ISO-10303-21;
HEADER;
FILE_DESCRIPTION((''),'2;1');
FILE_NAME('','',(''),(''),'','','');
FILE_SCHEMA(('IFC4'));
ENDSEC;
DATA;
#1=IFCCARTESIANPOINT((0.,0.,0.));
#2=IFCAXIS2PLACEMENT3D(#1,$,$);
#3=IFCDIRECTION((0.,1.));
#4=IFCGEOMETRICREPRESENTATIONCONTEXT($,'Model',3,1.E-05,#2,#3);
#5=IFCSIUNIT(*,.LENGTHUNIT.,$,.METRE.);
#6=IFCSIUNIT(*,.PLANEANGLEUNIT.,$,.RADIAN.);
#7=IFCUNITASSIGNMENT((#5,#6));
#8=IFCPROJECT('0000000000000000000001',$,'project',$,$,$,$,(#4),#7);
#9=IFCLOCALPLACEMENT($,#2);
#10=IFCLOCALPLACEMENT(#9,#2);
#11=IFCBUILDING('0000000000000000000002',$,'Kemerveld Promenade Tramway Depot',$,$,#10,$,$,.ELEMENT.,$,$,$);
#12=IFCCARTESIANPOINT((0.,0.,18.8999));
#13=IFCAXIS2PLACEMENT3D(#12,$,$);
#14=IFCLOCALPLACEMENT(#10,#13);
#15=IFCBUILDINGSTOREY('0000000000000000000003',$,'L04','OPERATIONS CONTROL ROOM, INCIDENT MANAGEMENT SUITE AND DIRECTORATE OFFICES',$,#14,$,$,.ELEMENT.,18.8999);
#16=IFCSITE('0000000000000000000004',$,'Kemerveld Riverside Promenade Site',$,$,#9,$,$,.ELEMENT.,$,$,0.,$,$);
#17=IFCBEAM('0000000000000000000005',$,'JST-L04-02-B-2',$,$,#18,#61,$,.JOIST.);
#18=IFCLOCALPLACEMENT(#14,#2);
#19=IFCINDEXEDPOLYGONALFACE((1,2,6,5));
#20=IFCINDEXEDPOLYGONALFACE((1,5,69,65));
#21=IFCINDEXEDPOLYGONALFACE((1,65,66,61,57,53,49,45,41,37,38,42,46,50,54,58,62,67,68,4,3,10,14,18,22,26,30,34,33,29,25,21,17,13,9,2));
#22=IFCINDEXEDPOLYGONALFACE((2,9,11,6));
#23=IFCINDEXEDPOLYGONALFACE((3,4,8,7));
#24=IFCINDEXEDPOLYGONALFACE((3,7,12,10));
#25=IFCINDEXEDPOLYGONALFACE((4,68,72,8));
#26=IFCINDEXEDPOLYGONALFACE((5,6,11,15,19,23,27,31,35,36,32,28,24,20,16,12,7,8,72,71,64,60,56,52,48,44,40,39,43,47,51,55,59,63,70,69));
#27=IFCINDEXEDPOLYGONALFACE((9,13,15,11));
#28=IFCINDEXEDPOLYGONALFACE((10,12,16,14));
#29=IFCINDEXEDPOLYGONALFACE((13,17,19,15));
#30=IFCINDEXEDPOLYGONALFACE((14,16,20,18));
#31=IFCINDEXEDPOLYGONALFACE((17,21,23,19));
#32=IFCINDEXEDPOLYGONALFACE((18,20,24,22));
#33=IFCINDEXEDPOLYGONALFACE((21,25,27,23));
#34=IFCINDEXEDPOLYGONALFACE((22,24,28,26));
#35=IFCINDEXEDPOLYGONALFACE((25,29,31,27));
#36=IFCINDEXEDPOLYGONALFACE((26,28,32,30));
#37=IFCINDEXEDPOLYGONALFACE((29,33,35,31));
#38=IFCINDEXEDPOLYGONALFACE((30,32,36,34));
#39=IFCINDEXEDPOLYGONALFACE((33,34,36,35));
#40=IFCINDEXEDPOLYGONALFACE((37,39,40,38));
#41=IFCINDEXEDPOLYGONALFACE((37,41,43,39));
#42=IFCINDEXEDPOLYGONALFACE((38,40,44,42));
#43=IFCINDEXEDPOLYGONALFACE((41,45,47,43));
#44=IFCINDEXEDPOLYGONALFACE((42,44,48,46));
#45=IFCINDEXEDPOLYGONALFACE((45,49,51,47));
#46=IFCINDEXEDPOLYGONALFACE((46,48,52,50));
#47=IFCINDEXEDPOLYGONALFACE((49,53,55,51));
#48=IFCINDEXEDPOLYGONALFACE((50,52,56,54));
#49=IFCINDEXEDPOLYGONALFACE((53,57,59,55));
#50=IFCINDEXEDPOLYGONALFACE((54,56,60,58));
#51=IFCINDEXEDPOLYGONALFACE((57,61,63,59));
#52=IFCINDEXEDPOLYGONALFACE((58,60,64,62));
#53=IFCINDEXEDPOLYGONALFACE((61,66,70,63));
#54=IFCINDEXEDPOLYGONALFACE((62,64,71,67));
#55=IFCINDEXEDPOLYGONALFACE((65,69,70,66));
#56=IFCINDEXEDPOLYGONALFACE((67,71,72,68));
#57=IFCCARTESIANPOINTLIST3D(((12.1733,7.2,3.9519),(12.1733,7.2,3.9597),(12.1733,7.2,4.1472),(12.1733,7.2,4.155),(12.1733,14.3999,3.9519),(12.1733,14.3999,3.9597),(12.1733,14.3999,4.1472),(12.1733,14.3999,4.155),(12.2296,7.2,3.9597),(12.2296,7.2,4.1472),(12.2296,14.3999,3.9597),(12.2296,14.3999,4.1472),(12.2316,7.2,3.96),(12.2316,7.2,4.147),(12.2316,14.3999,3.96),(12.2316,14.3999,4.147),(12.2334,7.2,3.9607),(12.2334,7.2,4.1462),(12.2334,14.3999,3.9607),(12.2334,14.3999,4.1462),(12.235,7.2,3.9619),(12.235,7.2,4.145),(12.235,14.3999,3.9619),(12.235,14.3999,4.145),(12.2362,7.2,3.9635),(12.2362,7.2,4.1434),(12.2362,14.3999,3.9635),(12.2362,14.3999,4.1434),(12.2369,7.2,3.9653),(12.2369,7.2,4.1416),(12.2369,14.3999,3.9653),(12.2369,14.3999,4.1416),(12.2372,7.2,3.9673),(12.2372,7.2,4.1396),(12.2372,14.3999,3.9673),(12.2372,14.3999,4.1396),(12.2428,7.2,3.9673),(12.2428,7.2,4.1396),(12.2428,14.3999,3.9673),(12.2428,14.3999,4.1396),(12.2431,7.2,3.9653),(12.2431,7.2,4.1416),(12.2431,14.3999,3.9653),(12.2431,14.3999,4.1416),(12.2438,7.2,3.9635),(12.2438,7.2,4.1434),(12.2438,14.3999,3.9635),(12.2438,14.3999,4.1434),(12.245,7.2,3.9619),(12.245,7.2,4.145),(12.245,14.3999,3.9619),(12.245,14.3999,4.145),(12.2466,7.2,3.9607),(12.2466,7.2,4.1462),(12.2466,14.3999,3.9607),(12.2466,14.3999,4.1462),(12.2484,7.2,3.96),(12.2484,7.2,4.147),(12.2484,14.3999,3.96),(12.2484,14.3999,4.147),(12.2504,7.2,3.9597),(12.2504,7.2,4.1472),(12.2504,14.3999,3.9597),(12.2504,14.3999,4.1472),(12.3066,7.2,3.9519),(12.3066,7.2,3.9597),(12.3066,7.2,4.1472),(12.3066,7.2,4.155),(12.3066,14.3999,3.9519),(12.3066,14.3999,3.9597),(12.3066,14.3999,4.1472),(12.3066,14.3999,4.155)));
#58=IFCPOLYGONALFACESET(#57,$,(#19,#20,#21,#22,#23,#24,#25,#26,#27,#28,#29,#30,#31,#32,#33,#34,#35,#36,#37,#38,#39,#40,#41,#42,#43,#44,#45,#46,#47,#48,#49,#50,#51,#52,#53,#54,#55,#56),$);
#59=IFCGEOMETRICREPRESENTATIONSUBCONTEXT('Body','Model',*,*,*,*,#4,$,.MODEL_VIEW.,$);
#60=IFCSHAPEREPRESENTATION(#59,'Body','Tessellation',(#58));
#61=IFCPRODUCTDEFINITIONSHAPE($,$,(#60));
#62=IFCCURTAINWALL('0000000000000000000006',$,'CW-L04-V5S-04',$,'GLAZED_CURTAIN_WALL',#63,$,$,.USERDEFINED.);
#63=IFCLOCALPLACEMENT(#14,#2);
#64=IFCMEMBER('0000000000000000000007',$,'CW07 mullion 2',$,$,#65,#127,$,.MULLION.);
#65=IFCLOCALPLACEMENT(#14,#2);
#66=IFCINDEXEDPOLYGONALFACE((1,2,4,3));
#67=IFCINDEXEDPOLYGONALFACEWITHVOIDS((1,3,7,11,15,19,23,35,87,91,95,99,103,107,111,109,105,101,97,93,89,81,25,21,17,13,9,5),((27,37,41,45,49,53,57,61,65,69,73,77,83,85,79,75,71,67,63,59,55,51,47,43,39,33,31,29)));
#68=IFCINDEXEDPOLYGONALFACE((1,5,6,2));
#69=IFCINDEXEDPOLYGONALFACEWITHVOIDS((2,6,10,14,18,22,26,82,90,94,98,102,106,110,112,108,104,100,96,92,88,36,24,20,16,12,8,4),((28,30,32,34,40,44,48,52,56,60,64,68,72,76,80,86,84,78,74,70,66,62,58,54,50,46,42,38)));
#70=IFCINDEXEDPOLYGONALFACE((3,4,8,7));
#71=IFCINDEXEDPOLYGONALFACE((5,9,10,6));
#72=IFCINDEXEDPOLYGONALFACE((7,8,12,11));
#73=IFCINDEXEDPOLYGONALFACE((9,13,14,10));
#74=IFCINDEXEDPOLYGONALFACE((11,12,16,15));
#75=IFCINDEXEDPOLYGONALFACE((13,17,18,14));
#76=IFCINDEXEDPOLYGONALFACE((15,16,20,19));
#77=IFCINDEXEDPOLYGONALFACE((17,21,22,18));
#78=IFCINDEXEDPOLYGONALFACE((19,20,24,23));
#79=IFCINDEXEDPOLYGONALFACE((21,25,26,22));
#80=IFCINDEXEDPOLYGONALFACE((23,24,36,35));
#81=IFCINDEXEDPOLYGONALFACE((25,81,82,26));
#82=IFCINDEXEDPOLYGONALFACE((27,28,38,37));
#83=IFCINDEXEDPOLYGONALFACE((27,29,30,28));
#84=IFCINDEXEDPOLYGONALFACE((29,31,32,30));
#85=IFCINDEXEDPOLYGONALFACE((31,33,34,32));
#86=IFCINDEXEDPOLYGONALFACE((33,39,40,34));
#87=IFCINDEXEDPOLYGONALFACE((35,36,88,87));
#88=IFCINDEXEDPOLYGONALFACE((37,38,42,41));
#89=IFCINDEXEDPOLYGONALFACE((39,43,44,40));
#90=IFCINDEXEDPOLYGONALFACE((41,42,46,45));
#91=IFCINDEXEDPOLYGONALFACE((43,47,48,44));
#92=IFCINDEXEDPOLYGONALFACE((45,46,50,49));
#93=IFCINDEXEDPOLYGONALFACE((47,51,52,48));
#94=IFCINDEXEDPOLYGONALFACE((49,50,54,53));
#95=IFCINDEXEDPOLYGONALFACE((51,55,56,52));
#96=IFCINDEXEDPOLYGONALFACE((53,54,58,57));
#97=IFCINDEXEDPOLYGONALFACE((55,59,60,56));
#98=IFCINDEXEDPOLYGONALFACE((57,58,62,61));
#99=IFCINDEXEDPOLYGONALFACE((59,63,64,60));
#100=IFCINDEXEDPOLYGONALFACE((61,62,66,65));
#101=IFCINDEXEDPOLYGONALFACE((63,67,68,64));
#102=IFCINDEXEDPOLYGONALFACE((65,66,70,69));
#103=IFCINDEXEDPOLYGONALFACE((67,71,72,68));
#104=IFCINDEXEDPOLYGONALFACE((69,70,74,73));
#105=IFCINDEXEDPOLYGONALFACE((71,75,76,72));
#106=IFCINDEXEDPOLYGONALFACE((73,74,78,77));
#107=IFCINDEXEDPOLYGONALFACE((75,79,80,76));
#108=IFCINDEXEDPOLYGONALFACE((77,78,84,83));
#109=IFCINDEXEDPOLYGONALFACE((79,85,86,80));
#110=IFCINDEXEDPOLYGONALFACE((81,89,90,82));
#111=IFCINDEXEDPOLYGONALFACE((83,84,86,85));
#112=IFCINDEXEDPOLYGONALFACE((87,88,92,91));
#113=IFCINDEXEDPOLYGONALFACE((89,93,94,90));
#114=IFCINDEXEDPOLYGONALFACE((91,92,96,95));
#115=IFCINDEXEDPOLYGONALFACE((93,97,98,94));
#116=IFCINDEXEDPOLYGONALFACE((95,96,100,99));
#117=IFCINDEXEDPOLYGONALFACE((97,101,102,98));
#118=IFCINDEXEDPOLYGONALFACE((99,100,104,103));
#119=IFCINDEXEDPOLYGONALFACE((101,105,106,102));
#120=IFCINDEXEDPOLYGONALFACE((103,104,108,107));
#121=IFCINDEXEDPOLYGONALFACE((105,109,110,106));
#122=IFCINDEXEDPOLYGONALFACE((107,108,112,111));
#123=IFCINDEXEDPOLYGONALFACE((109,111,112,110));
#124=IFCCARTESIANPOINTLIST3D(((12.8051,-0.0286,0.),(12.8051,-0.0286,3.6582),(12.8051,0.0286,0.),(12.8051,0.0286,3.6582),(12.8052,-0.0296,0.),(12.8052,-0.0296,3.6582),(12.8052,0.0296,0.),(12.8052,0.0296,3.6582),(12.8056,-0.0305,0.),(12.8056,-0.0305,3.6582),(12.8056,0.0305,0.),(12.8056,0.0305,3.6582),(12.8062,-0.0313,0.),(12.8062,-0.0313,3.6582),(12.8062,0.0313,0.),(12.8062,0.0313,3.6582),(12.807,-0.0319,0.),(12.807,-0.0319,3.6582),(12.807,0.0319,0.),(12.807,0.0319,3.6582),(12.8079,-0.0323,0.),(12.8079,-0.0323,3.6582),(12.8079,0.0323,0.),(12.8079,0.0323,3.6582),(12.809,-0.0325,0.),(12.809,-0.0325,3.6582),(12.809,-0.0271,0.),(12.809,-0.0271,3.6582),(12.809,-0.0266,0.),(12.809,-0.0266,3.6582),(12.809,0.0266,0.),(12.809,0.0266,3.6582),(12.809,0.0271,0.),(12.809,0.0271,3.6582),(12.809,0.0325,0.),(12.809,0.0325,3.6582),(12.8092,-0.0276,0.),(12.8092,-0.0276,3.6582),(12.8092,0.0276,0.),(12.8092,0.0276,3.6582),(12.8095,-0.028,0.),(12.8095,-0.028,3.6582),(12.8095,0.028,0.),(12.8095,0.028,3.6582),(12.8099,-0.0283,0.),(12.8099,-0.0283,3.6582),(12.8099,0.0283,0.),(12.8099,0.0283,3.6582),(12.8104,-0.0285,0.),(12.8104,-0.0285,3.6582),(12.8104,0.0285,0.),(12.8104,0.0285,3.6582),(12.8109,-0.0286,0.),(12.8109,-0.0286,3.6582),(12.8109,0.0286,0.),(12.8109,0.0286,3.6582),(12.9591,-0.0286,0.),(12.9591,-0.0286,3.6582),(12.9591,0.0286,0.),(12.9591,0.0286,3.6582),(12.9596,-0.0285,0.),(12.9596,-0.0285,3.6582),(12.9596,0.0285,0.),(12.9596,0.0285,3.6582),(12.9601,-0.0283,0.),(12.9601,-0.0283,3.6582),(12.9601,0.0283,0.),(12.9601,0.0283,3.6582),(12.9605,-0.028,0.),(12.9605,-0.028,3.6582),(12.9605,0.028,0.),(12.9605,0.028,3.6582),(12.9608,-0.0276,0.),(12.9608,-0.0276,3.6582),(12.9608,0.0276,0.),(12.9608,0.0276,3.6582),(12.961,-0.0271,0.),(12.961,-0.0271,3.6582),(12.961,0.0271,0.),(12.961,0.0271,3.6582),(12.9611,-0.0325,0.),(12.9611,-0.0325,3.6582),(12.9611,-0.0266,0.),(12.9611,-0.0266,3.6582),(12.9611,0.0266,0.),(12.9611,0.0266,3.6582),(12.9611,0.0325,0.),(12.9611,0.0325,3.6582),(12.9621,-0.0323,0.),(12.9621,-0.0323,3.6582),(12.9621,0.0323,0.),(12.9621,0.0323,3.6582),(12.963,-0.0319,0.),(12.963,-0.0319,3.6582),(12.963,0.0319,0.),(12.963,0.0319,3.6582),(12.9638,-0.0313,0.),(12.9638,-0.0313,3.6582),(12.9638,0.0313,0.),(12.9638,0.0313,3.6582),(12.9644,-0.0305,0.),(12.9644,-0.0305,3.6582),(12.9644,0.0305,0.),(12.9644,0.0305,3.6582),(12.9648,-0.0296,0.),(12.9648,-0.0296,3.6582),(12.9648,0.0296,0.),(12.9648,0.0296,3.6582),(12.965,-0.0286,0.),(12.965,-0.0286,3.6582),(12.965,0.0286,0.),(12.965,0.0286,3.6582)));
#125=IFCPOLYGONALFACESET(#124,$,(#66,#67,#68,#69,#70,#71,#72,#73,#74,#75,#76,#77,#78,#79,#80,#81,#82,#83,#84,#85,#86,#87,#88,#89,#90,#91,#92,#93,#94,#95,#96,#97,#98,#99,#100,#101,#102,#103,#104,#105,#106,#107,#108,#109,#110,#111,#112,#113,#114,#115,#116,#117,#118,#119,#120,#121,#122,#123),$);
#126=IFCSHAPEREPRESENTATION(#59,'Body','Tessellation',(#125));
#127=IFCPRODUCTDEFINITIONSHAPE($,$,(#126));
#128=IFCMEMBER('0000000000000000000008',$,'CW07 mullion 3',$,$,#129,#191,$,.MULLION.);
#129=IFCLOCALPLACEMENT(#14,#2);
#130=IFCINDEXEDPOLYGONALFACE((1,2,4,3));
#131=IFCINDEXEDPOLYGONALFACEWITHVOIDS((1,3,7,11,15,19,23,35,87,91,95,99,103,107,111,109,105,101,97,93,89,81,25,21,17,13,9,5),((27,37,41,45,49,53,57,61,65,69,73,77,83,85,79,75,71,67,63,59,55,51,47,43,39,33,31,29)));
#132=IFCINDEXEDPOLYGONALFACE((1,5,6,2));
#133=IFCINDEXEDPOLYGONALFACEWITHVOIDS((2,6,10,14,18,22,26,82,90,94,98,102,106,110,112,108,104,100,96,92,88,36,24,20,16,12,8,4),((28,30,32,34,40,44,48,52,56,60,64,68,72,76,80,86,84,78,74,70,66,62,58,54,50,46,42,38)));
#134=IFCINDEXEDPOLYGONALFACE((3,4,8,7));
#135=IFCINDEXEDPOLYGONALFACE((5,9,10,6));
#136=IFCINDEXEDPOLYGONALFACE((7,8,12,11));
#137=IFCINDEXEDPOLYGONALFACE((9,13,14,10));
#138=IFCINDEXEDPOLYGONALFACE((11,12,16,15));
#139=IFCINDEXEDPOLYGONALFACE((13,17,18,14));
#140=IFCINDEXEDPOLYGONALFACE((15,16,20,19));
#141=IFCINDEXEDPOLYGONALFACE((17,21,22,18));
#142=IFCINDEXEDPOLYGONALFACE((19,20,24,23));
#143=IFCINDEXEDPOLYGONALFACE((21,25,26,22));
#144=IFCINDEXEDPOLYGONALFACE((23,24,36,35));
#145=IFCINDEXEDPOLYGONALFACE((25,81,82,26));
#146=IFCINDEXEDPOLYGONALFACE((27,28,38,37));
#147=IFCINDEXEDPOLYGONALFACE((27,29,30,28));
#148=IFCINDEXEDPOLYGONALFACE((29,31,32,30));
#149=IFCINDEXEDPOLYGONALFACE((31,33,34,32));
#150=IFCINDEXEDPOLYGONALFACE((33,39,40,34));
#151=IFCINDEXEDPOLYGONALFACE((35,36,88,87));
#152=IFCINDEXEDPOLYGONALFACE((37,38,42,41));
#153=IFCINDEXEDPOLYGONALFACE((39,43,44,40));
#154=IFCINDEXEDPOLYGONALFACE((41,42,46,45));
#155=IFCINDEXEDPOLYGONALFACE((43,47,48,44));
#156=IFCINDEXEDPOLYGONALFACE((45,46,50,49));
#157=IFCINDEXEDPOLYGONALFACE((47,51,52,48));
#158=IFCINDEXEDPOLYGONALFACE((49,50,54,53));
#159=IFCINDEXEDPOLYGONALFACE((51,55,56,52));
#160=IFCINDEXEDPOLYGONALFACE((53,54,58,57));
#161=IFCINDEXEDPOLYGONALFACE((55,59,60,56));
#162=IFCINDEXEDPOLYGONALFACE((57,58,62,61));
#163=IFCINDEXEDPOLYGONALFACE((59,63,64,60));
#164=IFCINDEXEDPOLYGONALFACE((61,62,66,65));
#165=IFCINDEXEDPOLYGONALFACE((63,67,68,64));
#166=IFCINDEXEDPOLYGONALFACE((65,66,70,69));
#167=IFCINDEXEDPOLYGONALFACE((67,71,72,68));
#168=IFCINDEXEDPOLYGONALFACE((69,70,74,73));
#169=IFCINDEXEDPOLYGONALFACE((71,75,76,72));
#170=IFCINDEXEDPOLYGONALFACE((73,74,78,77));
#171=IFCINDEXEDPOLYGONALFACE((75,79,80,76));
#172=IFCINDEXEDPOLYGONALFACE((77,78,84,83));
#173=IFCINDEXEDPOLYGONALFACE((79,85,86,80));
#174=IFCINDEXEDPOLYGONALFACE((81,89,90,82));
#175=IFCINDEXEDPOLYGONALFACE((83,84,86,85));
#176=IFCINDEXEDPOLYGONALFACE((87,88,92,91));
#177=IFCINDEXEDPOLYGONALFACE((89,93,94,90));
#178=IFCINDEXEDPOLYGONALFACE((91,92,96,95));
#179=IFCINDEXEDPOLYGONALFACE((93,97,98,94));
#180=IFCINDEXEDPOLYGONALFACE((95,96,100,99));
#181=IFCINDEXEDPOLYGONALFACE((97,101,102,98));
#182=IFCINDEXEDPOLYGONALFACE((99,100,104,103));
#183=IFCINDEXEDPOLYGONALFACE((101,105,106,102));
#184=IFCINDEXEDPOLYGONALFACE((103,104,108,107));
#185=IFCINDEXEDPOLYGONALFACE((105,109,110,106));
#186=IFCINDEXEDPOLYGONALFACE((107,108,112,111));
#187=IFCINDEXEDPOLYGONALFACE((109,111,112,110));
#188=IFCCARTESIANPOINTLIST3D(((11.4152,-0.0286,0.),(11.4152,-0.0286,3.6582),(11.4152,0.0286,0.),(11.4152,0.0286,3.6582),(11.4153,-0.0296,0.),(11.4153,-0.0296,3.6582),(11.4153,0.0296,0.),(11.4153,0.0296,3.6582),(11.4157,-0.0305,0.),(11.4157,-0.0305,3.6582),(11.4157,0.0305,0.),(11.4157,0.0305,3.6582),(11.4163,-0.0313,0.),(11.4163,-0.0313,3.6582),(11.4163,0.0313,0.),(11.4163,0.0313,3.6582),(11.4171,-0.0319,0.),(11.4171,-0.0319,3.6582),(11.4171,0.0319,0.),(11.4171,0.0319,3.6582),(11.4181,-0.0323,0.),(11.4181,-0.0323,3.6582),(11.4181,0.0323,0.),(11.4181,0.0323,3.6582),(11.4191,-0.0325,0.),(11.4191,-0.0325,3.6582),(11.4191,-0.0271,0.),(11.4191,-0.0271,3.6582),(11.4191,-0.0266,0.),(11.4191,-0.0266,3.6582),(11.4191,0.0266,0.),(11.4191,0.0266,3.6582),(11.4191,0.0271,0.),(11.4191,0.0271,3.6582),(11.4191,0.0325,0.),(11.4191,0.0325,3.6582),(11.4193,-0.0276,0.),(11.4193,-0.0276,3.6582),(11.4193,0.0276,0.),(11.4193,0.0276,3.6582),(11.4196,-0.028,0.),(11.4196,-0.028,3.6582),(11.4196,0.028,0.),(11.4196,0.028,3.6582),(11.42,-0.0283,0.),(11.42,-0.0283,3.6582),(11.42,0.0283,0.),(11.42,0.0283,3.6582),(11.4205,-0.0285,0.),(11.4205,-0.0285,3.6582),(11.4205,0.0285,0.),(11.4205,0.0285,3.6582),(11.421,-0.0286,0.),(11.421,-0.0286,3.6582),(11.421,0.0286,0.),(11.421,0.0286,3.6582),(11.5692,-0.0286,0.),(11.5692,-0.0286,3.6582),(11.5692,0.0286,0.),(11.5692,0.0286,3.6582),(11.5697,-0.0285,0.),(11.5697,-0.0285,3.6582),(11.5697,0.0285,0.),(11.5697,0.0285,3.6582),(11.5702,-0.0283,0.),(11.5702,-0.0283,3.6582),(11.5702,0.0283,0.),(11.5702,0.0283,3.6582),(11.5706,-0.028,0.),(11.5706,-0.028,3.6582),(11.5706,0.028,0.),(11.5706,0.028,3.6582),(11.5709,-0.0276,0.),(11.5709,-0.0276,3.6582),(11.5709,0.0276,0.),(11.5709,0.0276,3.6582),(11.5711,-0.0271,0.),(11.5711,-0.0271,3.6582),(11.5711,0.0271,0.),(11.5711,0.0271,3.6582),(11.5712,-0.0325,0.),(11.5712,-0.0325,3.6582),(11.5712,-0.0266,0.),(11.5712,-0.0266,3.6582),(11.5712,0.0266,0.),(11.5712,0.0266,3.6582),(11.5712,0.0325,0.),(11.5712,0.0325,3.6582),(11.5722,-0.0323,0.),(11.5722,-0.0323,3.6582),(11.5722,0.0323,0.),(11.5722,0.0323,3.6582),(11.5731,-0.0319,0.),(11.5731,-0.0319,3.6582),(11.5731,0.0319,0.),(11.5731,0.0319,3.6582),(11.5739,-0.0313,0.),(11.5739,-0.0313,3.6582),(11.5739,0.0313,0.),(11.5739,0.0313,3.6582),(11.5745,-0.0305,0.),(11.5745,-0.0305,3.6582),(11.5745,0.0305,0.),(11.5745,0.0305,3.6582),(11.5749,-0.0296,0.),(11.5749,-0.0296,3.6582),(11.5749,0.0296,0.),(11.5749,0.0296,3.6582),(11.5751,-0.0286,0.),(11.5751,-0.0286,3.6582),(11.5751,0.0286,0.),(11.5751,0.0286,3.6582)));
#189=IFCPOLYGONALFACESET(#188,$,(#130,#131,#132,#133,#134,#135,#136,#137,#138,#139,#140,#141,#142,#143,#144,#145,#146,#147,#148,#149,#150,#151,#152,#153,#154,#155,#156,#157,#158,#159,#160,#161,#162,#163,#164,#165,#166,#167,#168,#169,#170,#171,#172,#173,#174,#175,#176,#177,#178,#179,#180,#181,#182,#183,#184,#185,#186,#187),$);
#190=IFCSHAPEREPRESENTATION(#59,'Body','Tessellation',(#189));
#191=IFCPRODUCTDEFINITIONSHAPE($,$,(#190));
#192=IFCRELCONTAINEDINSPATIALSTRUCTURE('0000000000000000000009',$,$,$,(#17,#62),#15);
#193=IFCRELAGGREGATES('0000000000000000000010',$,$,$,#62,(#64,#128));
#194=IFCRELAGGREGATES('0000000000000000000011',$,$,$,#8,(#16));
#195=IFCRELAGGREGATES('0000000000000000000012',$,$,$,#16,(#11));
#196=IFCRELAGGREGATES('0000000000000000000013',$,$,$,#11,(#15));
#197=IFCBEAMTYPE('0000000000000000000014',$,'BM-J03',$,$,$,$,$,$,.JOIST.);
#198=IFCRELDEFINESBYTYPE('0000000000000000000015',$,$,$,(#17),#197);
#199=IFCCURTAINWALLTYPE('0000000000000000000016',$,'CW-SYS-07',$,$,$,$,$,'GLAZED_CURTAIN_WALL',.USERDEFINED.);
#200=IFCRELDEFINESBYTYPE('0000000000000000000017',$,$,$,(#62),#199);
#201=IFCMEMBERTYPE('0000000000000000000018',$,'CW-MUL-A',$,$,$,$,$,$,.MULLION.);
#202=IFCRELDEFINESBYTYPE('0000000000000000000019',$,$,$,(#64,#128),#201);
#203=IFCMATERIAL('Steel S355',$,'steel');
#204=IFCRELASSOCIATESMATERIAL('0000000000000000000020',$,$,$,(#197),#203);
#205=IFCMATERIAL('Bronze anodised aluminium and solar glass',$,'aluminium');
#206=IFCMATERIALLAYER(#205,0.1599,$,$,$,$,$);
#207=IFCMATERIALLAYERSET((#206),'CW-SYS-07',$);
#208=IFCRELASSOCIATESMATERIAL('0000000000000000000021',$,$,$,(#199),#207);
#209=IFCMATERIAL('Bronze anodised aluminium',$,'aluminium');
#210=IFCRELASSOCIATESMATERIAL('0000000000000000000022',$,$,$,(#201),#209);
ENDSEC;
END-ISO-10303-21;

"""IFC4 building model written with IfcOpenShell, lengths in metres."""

from ifc_helpers import new_model, si_unit, direction, frame, origin, origin_2d, place, context, subcontext, project, spatial, hollow_rectangle, i_section, extrude, material, layer, layer_set, material_profile, profile_set, type_object, element, aggregate, save


model = new_model("IFC4")

# Units and contexts
model_context = context("Model", 3, precision=1e-05, world=origin(), true_north=direction((0.0, 1.0)))
body_context = subcontext(model_context, "Body", "Model", "MODEL_VIEW")
ifc_project = project(units=[si_unit("LENGTHUNIT", "METRE"), si_unit("PLANEANGLEUNIT", "RADIAN")], contexts=[model_context])

# Site, building, storey
site_placement = place(None, origin())
site = spatial("IfcSite", under=ifc_project, at=site_placement, Name="Kemerveld Riverside Promenade Site", CompositionType="ELEMENT", RefElevation=0.0)
building_placement = place(site_placement, origin())
building = spatial("IfcBuilding", under=site, at=building_placement, Name="Kemerveld Promenade Tramway Depot", CompositionType="ELEMENT")
storey_placement = place(building_placement, frame((0.0, 0.0, 18.8999)))
storey = spatial("IfcBuildingStorey", under=building, at=storey_placement, Name="L04", Description="OPERATIONS CONTROL ROOM, INCIDENT MANAGEMENT SUITE AND DIRECTORATE OFFICES", CompositionType="ELEMENT", Elevation=18.8999)

# Shared definitions
ifc_material_1 = material(Name="Steel S355", Category="steel")

# Beam
ifc_material_profile_1 = material_profile(ifc_material_1, i_section(OverallWidth=0.1333, OverallDepth=0.2031, WebThickness=0.0056, FlangeThickness=0.0078, FilletRadius=0.0076, at=origin_2d()), Name="203x133x25 UB")
ifc_profile_set_1 = profile_set([ifc_material_profile_1], Name="Steel S355")
beam_type_1 = type_object("IfcBeamType", Name="BM-J03", PredefinedType="JOIST", material=ifc_profile_set_1)
for number, where, z_axis, x_axis, name in (
    (1, (12.24, 7.2, 4.0535), (0.0, 1.0, 0.0), (-1.0, 0.0, 0.0), "JST-L04-02-B-2"),
):
    element("IfcBeam", number, at=place(storey_placement, frame(where, z_axis=z_axis, x_axis=x_axis)), inside=storey, type_object=beam_type_1, Name=name, PredefinedType="JOIST", context=body_context, shape_type="SweptSolid", body=[
        extrude(i_section(OverallWidth=0.1333, OverallDepth=0.2031, WebThickness=0.0056, FlangeThickness=0.0078, FilletRadius=0.0076, at=origin_2d()), origin(), (0.0, 0.0, 1.0), 7.2),
    ])

# Curtain wall, members
ifc_material_2 = material(Name="Bronze anodised aluminium and solar glass", Category="aluminium")
ifc_layer_1 = layer(ifc_material_2, 0.1599)
ifc_layer_set_1 = layer_set([ifc_layer_1], Name="CW-SYS-07")
curtain_wall_type = type_object("IfcCurtainWallType", Name="CW-SYS-07", ElementType="GLAZED_CURTAIN_WALL", PredefinedType="USERDEFINED", material=ifc_layer_set_1)
curtain_wall_placement = place(storey_placement, origin())
curtain_wall = element("IfcCurtainWall", 2, at=curtain_wall_placement, inside=storey, type_object=curtain_wall_type, Name="CW-L04-V5S-04", ObjectType="GLAZED_CURTAIN_WALL", PredefinedType="USERDEFINED")
ifc_material_3 = material(Name="Bronze anodised aluminium", Category="aluminium")
ifc_material_profile_2 = material_profile(ifc_material_3, hollow_rectangle(XDim=0.0649, YDim=0.1599, WallThickness=0.0039, InnerFilletRadius=0.002, OuterFilletRadius=0.0039, at=origin_2d()), Name="CW-MUL-160x65")
ifc_profile_set_2 = profile_set([ifc_material_profile_2], Name="Bronze anodised aluminium")
member_type_1 = type_object("IfcMemberType", Name="CW-MUL-A", PredefinedType="MULLION", material=ifc_profile_set_2)
member_1_placement = place(storey_placement, frame((12.885, 0.0, 0.0), z_axis=(0.0, 0.0, 1.0), x_axis=(0.0, -1.0, 0.0)))
member_1 = element("IfcMember", 3, at=member_1_placement, type_object=member_type_1, Name="CW07 mullion 2", PredefinedType="MULLION", context=body_context, shape_type="SweptSolid", body=[
    extrude(hollow_rectangle(XDim=0.0649, YDim=0.1599, WallThickness=0.0039, InnerFilletRadius=0.002, OuterFilletRadius=0.0039, at=origin_2d()), origin(), (0.0, 0.0, 1.0), 3.6582),
])
member_2_placement = place(storey_placement, frame((11.4951, 0.0, 0.0), z_axis=(0.0, 0.0, 1.0), x_axis=(0.0, -1.0, 0.0)))
member_2 = element("IfcMember", 4, at=member_2_placement, type_object=member_type_1, Name="CW07 mullion 3", PredefinedType="MULLION", context=body_context, shape_type="SweptSolid", body=[
    extrude(hollow_rectangle(XDim=0.0649, YDim=0.1599, WallThickness=0.0039, InnerFilletRadius=0.002, OuterFilletRadius=0.0039, at=origin_2d()), origin(), (0.0, 0.0, 1.0), 3.6582),
])

aggregate(curtain_wall, [member_1, member_2])

save(model, "model.ifc")
